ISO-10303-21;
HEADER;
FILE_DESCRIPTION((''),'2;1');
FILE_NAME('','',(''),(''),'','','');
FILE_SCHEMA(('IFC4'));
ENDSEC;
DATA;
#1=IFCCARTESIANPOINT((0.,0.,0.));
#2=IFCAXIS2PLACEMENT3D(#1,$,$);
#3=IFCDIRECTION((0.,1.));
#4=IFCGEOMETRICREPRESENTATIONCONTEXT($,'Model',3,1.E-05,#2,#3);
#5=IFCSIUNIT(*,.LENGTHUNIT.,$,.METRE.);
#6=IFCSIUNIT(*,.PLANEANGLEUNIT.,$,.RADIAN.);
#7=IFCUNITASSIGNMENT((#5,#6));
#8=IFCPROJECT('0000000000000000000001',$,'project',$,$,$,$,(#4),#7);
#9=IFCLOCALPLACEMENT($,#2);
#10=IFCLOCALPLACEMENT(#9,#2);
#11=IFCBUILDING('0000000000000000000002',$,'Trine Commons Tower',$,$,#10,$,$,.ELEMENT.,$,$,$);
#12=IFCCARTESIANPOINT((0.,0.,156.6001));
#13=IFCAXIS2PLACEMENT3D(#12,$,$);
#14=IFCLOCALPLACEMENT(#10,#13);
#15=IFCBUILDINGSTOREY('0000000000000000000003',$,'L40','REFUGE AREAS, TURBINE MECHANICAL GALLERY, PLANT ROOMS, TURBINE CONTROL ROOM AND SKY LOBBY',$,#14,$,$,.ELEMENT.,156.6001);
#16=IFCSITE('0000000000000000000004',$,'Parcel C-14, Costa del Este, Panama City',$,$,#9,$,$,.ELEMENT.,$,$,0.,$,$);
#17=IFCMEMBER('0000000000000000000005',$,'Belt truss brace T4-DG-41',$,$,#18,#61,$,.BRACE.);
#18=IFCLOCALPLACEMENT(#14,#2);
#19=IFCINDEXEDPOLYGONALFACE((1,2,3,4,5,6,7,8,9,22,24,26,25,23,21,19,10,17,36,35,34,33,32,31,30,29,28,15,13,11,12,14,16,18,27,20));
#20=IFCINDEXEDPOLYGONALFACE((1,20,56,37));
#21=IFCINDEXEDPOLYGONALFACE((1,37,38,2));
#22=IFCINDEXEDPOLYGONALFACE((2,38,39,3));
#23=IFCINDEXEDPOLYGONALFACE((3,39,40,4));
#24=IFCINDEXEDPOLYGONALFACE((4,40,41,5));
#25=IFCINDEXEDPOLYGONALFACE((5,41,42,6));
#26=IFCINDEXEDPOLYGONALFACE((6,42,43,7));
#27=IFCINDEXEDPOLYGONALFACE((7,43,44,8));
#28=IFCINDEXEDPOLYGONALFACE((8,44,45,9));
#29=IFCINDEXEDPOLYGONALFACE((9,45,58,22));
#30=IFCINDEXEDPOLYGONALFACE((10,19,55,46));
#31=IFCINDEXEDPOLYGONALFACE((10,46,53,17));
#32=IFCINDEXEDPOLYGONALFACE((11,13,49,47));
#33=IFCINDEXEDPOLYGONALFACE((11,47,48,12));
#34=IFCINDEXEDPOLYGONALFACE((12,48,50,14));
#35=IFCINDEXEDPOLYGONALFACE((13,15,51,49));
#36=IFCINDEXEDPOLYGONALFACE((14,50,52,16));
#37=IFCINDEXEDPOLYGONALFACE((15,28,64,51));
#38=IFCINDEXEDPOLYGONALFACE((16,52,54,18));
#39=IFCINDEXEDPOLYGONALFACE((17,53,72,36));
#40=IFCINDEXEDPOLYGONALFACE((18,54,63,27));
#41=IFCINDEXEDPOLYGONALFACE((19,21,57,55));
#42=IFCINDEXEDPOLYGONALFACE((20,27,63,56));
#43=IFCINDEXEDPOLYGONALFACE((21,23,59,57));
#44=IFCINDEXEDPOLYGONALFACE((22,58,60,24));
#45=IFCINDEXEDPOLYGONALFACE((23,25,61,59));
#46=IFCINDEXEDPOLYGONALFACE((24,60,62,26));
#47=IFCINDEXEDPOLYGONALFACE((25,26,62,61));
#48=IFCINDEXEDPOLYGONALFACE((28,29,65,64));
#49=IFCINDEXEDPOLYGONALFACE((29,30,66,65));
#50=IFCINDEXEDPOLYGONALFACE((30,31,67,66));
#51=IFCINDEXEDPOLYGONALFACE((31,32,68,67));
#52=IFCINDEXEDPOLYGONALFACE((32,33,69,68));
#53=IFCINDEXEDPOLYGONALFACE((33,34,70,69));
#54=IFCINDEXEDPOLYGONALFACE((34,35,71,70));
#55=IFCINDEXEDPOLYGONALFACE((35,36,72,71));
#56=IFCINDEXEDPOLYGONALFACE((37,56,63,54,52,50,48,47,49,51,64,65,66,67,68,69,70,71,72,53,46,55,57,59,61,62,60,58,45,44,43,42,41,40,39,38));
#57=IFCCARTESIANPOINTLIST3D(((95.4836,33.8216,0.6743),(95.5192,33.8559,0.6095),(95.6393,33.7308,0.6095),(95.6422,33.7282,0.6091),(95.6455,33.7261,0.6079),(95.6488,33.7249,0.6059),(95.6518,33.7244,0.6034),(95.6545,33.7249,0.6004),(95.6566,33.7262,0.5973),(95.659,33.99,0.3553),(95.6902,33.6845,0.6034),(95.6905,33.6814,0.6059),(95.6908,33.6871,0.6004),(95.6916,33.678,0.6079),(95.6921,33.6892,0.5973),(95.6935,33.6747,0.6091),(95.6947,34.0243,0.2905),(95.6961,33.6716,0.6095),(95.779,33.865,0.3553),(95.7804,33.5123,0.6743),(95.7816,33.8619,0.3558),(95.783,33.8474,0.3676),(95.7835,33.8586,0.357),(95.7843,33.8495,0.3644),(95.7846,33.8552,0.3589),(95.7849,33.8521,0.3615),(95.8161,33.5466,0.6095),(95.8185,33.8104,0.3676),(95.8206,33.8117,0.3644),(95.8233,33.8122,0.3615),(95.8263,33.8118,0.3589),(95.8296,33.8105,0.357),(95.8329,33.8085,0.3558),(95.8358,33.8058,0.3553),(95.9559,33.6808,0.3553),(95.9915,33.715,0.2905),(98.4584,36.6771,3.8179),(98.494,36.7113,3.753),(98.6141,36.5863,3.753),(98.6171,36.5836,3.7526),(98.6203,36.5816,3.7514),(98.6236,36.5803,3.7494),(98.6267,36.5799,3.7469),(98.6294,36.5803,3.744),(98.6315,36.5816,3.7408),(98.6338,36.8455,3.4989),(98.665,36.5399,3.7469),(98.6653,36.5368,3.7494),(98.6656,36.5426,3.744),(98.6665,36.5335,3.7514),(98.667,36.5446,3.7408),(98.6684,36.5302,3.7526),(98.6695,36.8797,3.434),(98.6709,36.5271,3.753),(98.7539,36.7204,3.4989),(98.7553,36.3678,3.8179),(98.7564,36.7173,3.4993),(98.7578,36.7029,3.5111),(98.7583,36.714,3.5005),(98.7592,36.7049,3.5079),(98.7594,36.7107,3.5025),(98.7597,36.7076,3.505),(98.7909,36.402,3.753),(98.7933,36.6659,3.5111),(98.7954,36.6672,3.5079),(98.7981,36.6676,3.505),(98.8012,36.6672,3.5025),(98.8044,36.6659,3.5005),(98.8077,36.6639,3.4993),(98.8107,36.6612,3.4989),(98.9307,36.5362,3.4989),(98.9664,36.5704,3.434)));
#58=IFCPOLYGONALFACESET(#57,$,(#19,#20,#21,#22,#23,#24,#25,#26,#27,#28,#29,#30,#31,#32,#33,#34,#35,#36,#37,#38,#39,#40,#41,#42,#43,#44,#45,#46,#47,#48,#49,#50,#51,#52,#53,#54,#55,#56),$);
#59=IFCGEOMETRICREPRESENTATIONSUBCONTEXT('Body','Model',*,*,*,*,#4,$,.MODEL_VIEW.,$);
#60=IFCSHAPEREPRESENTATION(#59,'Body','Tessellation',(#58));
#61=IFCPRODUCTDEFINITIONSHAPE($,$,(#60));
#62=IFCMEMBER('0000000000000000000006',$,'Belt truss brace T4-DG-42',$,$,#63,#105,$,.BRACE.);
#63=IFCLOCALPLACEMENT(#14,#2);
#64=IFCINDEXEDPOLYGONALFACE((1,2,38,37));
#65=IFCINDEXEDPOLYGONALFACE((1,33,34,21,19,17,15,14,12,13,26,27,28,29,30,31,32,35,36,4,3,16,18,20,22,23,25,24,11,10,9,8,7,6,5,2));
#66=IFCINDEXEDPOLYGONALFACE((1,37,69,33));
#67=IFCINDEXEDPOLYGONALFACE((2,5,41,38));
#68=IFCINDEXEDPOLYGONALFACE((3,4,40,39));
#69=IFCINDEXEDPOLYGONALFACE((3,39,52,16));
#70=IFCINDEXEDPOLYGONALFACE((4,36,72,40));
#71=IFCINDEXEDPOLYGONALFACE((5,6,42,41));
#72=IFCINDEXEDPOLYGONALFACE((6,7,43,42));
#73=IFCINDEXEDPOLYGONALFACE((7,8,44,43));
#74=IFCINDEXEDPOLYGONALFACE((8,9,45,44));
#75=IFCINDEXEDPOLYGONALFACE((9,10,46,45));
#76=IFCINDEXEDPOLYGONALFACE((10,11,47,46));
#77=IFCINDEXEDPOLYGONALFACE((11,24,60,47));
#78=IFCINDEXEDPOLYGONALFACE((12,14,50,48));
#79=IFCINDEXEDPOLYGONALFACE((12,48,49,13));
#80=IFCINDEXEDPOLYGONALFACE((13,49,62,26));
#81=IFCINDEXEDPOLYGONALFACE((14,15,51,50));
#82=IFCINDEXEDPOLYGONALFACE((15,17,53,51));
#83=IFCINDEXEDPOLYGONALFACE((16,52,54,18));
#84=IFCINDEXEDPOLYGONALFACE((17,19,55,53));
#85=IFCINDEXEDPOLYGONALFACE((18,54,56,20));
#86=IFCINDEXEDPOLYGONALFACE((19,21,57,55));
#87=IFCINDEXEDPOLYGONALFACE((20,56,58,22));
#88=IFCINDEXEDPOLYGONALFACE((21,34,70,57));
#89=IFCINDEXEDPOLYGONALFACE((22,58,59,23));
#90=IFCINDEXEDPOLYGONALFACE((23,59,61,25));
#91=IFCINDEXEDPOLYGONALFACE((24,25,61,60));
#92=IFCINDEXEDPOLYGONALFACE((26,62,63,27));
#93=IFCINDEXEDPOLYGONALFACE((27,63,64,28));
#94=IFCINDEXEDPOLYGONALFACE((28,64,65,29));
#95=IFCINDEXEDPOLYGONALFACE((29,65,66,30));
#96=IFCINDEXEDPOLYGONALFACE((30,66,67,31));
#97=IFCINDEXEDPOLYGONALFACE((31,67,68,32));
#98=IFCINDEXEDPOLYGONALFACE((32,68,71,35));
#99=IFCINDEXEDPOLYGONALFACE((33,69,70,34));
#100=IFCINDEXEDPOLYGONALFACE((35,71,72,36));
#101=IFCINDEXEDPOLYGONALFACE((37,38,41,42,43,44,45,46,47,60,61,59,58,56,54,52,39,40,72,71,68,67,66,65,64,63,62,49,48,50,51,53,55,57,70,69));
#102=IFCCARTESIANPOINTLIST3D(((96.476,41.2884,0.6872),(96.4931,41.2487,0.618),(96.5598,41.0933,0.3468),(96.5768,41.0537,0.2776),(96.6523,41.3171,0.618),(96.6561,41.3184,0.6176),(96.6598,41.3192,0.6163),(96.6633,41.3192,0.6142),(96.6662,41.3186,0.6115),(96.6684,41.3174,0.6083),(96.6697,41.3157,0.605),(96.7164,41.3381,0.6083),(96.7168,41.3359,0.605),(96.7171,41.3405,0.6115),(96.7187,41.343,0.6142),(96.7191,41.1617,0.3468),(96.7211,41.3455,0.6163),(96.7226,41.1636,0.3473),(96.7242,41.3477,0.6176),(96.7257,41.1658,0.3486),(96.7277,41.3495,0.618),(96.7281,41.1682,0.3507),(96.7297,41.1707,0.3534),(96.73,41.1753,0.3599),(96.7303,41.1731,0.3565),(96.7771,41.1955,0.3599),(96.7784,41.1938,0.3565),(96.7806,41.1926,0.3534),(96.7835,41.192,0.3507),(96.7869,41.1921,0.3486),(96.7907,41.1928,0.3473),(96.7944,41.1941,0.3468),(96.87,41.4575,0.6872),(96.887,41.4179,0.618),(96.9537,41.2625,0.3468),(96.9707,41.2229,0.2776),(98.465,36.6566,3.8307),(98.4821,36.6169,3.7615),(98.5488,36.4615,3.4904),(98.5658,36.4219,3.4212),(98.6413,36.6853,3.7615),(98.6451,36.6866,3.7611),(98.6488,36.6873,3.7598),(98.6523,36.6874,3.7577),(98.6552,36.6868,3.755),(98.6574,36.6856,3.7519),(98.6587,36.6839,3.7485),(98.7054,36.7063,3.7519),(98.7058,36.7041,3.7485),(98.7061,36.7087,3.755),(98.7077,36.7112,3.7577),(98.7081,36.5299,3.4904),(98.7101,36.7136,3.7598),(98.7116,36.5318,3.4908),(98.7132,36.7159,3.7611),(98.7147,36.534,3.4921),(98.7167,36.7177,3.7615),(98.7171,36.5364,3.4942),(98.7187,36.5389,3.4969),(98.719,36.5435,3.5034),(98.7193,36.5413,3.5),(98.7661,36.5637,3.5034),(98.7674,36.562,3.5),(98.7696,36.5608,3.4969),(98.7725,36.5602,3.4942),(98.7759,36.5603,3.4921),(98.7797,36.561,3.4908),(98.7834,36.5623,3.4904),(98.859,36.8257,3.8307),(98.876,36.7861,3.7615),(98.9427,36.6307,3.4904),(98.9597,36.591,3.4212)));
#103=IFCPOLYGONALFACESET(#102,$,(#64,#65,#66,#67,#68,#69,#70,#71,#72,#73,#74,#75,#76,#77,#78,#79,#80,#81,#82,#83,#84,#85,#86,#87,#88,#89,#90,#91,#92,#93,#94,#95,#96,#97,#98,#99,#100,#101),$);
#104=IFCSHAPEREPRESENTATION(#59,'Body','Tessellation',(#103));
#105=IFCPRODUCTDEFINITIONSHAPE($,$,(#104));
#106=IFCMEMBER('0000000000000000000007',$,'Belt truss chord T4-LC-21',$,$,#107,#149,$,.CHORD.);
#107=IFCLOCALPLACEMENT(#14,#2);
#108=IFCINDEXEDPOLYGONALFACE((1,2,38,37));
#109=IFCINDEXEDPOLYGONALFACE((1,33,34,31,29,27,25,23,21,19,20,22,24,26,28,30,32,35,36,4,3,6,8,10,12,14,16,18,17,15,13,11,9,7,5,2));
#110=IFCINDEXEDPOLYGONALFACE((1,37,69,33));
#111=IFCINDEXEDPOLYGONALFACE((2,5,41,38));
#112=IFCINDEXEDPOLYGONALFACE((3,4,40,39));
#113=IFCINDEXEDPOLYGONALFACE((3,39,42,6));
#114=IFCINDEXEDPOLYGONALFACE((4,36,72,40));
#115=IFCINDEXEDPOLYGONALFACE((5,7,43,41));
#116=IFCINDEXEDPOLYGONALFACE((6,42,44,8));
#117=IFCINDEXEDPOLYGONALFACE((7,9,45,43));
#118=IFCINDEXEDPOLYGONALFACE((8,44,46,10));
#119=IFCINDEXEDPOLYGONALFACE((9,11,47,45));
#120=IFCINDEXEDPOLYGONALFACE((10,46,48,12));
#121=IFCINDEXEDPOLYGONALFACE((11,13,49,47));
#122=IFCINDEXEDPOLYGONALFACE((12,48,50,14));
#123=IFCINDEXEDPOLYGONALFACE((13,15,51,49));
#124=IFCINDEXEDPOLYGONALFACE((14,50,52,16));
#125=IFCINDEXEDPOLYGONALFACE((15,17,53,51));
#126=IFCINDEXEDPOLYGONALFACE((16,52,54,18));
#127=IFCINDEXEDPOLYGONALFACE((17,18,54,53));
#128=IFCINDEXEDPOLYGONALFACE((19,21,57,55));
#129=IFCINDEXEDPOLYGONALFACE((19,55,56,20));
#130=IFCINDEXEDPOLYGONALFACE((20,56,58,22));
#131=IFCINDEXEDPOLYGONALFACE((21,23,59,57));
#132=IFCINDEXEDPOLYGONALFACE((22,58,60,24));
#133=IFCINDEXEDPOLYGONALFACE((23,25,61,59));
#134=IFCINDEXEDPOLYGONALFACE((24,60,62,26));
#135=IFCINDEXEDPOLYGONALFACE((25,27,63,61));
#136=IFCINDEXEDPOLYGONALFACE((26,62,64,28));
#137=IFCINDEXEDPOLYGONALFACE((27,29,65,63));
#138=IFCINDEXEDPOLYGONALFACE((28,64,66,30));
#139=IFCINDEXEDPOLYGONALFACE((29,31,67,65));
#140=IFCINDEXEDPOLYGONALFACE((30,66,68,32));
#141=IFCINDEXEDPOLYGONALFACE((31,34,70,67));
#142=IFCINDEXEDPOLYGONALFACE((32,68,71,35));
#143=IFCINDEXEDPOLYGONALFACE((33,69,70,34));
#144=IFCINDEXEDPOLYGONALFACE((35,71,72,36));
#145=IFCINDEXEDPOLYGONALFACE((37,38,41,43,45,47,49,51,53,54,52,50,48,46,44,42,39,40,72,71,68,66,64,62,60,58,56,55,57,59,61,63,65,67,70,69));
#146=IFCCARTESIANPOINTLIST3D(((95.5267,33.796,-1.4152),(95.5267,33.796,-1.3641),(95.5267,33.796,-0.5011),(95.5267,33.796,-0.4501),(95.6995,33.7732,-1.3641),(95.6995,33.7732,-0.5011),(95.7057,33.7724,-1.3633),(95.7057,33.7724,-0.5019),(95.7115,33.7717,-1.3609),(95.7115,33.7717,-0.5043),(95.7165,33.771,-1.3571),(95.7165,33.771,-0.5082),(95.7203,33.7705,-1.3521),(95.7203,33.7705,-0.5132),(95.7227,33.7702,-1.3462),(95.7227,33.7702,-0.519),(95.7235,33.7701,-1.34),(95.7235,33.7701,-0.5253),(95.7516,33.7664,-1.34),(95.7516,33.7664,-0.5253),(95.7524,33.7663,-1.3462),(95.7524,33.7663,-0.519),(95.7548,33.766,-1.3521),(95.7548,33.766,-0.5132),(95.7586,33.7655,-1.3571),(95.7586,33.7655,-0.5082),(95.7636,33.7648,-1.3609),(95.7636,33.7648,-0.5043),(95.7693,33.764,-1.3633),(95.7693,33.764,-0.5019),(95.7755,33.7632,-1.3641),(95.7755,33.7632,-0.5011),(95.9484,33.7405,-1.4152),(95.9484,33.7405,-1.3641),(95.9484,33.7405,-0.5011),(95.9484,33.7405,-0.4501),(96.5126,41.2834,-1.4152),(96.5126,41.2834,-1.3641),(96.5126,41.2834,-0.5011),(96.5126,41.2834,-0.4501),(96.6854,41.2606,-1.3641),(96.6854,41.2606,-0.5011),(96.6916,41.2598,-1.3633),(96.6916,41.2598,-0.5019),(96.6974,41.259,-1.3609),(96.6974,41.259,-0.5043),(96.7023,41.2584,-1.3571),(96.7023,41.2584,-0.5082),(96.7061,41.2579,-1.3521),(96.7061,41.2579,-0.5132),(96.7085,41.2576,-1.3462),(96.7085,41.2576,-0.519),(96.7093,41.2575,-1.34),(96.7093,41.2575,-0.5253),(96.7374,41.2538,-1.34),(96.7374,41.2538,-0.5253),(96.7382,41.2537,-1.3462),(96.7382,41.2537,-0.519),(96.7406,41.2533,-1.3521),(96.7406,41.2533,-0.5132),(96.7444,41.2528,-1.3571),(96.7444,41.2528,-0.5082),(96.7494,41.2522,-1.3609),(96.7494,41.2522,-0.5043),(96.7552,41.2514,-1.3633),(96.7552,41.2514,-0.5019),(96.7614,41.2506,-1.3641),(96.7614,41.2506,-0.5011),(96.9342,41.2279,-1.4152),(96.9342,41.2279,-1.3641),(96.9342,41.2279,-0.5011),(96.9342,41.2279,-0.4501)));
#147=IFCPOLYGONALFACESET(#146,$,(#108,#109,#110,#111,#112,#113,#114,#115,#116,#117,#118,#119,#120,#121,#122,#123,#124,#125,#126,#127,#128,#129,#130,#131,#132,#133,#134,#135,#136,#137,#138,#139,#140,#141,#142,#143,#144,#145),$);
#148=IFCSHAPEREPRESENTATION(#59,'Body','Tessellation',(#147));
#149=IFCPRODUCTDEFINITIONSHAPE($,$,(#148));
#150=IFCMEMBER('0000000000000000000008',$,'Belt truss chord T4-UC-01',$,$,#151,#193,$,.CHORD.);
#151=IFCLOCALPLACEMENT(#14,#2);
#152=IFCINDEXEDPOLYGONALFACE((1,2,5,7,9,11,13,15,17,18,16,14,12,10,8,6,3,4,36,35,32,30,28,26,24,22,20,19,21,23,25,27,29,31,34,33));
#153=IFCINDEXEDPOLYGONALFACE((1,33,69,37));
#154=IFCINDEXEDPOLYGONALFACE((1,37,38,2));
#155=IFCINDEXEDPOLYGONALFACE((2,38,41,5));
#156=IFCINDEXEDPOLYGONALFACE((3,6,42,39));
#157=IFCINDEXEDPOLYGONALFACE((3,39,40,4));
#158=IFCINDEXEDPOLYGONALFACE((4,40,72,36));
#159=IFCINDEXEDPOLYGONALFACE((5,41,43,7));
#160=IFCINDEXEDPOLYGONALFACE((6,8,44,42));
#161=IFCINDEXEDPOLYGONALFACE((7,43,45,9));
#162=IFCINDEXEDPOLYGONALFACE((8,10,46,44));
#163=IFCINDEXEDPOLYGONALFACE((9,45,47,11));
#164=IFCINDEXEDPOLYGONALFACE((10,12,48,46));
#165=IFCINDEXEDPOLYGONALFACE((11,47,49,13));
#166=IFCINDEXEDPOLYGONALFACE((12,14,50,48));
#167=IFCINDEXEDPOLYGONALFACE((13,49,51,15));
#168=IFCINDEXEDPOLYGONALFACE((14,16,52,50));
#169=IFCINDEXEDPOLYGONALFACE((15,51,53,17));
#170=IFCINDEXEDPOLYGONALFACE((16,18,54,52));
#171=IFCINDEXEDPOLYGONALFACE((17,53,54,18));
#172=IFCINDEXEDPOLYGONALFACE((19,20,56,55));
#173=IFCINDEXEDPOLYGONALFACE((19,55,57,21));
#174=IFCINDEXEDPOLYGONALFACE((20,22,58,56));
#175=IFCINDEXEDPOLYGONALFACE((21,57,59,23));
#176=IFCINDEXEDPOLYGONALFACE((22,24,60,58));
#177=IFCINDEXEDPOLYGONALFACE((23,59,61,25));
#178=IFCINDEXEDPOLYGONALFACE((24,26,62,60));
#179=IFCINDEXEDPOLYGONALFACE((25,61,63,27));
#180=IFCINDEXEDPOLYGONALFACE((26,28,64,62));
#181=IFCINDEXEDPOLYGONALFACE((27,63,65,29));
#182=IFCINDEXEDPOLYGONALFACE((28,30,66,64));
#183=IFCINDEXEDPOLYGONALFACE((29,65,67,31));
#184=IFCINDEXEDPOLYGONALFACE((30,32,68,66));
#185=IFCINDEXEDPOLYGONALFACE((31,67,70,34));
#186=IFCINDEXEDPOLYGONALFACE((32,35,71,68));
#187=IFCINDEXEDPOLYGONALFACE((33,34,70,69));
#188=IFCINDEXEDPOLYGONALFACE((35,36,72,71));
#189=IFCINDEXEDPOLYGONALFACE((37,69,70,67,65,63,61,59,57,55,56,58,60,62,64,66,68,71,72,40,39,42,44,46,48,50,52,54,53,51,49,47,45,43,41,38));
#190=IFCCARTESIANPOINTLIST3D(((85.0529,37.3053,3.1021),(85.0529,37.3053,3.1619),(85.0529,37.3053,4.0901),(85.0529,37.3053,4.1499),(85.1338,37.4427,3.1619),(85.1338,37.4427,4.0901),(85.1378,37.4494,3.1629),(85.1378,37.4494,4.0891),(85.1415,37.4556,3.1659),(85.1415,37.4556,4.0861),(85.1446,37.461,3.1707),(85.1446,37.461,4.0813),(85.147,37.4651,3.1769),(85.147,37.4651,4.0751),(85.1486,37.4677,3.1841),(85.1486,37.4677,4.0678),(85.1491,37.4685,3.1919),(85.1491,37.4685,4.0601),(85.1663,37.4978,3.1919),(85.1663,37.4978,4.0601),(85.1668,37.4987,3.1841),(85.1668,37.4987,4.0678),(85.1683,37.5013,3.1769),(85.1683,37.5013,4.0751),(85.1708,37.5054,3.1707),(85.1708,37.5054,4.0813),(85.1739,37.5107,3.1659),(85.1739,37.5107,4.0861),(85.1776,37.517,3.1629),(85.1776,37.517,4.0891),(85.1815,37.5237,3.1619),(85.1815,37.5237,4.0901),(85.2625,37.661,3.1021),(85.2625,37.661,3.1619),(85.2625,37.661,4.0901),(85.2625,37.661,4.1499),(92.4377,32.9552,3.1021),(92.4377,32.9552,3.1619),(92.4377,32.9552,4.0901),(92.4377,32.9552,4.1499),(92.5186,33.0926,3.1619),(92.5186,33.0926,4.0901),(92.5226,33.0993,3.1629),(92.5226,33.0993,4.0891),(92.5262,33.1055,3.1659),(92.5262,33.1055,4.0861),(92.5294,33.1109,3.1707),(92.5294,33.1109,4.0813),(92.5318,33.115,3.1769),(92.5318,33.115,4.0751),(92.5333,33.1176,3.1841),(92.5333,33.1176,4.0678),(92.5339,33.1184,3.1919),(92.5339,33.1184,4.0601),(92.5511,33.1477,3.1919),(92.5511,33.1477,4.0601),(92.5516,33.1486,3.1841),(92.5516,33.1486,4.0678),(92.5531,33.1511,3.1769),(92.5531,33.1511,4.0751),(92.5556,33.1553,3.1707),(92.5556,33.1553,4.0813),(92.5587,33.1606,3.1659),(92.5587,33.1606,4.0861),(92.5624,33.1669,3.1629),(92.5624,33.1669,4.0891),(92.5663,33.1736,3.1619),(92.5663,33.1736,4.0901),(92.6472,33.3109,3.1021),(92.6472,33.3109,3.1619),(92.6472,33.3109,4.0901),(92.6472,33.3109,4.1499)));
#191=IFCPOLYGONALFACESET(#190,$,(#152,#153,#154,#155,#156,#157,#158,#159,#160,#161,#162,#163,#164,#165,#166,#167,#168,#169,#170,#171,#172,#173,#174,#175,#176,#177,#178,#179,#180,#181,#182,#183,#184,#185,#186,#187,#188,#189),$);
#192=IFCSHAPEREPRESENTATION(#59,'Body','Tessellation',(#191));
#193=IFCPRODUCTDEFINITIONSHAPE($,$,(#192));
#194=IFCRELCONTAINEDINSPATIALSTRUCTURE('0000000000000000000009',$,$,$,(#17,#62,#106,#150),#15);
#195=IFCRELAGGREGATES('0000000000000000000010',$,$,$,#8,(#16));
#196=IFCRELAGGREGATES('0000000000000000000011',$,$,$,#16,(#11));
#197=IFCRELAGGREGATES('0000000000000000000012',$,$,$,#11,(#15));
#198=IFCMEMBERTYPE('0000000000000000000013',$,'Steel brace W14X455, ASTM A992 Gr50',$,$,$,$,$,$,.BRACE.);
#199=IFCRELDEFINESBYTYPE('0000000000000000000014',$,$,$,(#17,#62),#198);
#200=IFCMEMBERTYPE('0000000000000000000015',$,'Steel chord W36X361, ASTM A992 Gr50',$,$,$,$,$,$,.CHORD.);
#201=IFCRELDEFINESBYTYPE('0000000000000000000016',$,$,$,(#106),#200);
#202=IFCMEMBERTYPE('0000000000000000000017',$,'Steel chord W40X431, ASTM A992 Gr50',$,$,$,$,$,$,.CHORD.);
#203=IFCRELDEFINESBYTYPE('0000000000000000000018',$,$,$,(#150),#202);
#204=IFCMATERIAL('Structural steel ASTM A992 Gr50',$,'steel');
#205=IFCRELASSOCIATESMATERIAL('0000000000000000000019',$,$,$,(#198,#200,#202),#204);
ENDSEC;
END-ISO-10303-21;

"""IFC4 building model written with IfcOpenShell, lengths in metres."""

from ifc_helpers import new_model, si_unit, direction, frame, origin, origin_2d, place, context, subcontext, project, spatial, i_section, extrude, material, material_profile, profile_set, type_object, element, save


model = new_model("IFC4")

# Units and contexts
model_context = context("Model", 3, precision=1e-05, world=origin(), true_north=direction((0.0, 1.0)))
body_context = subcontext(model_context, "Body", "Model", "MODEL_VIEW")
ifc_project = project(units=[si_unit("LENGTHUNIT", "METRE"), si_unit("PLANEANGLEUNIT", "RADIAN")], contexts=[model_context])

# Site, building, storey
site_placement = place(None, origin())
site = spatial("IfcSite", under=ifc_project, at=site_placement, Name="Parcel C-14, Costa del Este, Panama City", CompositionType="ELEMENT", RefElevation=0.0)
building_placement = place(site_placement, origin())
building = spatial("IfcBuilding", under=site, at=building_placement, Name="Trine Commons Tower", CompositionType="ELEMENT")
storey_placement = place(building_placement, frame((0.0, 0.0, 156.6001)))
storey = spatial("IfcBuildingStorey", under=building, at=storey_placement, Name="L40", Description="REFUGE AREAS, TURBINE MECHANICAL GALLERY, PLANT ROOMS, TURBINE CONTROL ROOM AND SKY LOBBY", CompositionType="ELEMENT", Elevation=156.6001)

# Shared definitions
ifc_material_1 = material(Name="Structural steel ASTM A992 Gr50", Category="steel")

# Members
ifc_material_profile_1 = material_profile(ifc_material_1, i_section(OverallWidth=0.4287, OverallDepth=0.4827, WebThickness=0.0513, FlangeThickness=0.0815, FilletRadius=0.0154, at=origin_2d()), Name="W14X455")
ifc_profile_set_1 = profile_set([ifc_material_profile_1], Name="Structural steel ASTM A992 Gr50")
member_type_1 = type_object("IfcMemberType", Name="Steel brace W14X455, ASTM A992 Gr50", PredefinedType="BRACE", material=ifc_profile_set_1)
member_1_placement = place(storey_placement, frame((95.7375, 33.7683, 0.4824), z_axis=(0.57373, 0.550705, 0.606265), x_axis=(-0.692483, 0.721435, 0.0)))
element("IfcMember", 1, at=member_1_placement, inside=storey, type_object=member_type_1, Name="Belt truss brace T4-DG-41", PredefinedType="BRACE", context=body_context, shape_type="SweptSolid", body=[
    extrude(i_section(OverallWidth=0.4287, OverallDepth=0.4827, WebThickness=0.0513, FlangeThickness=0.0815, FilletRadius=0.0154, at=origin_2d()), origin(), (0.0, 0.0, 1.0), 5.1851),
])
member_2_placement = place(storey_placement, frame((96.7234, 41.2556, 0.4824), z_axis=(0.334811, -0.779677, 0.529155), x_axis=(0.918862, 0.39458, 0.0)))
element("IfcMember", 2, at=member_2_placement, inside=storey, type_object=member_type_1, Name="Belt truss brace T4-DG-42", PredefinedType="BRACE", context=body_context, shape_type="SweptSolid", body=[
    extrude(i_section(OverallWidth=0.4287, OverallDepth=0.4827, WebThickness=0.0513, FlangeThickness=0.0815, FilletRadius=0.0154, at=origin_2d()), origin(), (0.0, 0.0, 1.0), 5.9407),
])
ifc_material_profile_2 = material_profile(ifc_material_1, i_section(OverallWidth=0.4253, OverallDepth=0.9651, WebThickness=0.0283, FlangeThickness=0.051, FilletRadius=0.0242, at=origin_2d()), Name="W36X361")
ifc_profile_set_2 = profile_set([ifc_material_profile_2], Name="Structural steel ASTM A992 Gr50")
member_type_2 = type_object("IfcMemberType", Name="Steel chord W36X361, ASTM A992 Gr50", PredefinedType="CHORD", material=ifc_profile_set_2)
member_3_placement = place(storey_placement, frame((96.7234, 41.2556, -0.9326), z_axis=(-0.130541, -0.991443, 0.0), x_axis=(0.991443, -0.130541, 0.0)))
element("IfcMember", 3, at=member_3_placement, inside=storey, type_object=member_type_2, Name="Belt truss chord T4-LC-21", PredefinedType="CHORD", context=body_context, shape_type="SweptSolid", body=[
    extrude(i_section(OverallWidth=0.4253, OverallDepth=0.9651, WebThickness=0.0283, FlangeThickness=0.051, FilletRadius=0.0242, at=origin_2d()), origin(), (0.0, 0.0, 1.0), 7.552),
])
ifc_material_profile_3 = material_profile(ifc_material_1, i_section(OverallWidth=0.4128, OverallDepth=1.0479, WebThickness=0.0339, FlangeThickness=0.0598, FilletRadius=0.03, at=origin_2d()), Name="W40X431")
ifc_profile_set_3 = profile_set([ifc_material_profile_3], Name="Structural steel ASTM A992 Gr50")
member_type_3 = type_object("IfcMemberType", Name="Steel chord W40X431, ASTM A992 Gr50", PredefinedType="CHORD", material=ifc_profile_set_3)
member_4_placement = place(storey_placement, frame((92.5425, 33.1331, 3.626), z_axis=(-0.861622, 0.50755, 0.0), x_axis=(-0.50755, -0.861622, 0.0)))
element("IfcMember", 4, at=member_4_placement, inside=storey, type_object=member_type_3, Name="Belt truss chord T4-UC-01", PredefinedType="CHORD", context=body_context, shape_type="SweptSolid", body=[
    extrude(i_section(OverallWidth=0.4128, OverallDepth=1.0479, WebThickness=0.0339, FlangeThickness=0.0598, FilletRadius=0.03, at=origin_2d()), origin(), (0.0, 0.0, 1.0), 8.5708),
])

save(model, "model.ifc")
